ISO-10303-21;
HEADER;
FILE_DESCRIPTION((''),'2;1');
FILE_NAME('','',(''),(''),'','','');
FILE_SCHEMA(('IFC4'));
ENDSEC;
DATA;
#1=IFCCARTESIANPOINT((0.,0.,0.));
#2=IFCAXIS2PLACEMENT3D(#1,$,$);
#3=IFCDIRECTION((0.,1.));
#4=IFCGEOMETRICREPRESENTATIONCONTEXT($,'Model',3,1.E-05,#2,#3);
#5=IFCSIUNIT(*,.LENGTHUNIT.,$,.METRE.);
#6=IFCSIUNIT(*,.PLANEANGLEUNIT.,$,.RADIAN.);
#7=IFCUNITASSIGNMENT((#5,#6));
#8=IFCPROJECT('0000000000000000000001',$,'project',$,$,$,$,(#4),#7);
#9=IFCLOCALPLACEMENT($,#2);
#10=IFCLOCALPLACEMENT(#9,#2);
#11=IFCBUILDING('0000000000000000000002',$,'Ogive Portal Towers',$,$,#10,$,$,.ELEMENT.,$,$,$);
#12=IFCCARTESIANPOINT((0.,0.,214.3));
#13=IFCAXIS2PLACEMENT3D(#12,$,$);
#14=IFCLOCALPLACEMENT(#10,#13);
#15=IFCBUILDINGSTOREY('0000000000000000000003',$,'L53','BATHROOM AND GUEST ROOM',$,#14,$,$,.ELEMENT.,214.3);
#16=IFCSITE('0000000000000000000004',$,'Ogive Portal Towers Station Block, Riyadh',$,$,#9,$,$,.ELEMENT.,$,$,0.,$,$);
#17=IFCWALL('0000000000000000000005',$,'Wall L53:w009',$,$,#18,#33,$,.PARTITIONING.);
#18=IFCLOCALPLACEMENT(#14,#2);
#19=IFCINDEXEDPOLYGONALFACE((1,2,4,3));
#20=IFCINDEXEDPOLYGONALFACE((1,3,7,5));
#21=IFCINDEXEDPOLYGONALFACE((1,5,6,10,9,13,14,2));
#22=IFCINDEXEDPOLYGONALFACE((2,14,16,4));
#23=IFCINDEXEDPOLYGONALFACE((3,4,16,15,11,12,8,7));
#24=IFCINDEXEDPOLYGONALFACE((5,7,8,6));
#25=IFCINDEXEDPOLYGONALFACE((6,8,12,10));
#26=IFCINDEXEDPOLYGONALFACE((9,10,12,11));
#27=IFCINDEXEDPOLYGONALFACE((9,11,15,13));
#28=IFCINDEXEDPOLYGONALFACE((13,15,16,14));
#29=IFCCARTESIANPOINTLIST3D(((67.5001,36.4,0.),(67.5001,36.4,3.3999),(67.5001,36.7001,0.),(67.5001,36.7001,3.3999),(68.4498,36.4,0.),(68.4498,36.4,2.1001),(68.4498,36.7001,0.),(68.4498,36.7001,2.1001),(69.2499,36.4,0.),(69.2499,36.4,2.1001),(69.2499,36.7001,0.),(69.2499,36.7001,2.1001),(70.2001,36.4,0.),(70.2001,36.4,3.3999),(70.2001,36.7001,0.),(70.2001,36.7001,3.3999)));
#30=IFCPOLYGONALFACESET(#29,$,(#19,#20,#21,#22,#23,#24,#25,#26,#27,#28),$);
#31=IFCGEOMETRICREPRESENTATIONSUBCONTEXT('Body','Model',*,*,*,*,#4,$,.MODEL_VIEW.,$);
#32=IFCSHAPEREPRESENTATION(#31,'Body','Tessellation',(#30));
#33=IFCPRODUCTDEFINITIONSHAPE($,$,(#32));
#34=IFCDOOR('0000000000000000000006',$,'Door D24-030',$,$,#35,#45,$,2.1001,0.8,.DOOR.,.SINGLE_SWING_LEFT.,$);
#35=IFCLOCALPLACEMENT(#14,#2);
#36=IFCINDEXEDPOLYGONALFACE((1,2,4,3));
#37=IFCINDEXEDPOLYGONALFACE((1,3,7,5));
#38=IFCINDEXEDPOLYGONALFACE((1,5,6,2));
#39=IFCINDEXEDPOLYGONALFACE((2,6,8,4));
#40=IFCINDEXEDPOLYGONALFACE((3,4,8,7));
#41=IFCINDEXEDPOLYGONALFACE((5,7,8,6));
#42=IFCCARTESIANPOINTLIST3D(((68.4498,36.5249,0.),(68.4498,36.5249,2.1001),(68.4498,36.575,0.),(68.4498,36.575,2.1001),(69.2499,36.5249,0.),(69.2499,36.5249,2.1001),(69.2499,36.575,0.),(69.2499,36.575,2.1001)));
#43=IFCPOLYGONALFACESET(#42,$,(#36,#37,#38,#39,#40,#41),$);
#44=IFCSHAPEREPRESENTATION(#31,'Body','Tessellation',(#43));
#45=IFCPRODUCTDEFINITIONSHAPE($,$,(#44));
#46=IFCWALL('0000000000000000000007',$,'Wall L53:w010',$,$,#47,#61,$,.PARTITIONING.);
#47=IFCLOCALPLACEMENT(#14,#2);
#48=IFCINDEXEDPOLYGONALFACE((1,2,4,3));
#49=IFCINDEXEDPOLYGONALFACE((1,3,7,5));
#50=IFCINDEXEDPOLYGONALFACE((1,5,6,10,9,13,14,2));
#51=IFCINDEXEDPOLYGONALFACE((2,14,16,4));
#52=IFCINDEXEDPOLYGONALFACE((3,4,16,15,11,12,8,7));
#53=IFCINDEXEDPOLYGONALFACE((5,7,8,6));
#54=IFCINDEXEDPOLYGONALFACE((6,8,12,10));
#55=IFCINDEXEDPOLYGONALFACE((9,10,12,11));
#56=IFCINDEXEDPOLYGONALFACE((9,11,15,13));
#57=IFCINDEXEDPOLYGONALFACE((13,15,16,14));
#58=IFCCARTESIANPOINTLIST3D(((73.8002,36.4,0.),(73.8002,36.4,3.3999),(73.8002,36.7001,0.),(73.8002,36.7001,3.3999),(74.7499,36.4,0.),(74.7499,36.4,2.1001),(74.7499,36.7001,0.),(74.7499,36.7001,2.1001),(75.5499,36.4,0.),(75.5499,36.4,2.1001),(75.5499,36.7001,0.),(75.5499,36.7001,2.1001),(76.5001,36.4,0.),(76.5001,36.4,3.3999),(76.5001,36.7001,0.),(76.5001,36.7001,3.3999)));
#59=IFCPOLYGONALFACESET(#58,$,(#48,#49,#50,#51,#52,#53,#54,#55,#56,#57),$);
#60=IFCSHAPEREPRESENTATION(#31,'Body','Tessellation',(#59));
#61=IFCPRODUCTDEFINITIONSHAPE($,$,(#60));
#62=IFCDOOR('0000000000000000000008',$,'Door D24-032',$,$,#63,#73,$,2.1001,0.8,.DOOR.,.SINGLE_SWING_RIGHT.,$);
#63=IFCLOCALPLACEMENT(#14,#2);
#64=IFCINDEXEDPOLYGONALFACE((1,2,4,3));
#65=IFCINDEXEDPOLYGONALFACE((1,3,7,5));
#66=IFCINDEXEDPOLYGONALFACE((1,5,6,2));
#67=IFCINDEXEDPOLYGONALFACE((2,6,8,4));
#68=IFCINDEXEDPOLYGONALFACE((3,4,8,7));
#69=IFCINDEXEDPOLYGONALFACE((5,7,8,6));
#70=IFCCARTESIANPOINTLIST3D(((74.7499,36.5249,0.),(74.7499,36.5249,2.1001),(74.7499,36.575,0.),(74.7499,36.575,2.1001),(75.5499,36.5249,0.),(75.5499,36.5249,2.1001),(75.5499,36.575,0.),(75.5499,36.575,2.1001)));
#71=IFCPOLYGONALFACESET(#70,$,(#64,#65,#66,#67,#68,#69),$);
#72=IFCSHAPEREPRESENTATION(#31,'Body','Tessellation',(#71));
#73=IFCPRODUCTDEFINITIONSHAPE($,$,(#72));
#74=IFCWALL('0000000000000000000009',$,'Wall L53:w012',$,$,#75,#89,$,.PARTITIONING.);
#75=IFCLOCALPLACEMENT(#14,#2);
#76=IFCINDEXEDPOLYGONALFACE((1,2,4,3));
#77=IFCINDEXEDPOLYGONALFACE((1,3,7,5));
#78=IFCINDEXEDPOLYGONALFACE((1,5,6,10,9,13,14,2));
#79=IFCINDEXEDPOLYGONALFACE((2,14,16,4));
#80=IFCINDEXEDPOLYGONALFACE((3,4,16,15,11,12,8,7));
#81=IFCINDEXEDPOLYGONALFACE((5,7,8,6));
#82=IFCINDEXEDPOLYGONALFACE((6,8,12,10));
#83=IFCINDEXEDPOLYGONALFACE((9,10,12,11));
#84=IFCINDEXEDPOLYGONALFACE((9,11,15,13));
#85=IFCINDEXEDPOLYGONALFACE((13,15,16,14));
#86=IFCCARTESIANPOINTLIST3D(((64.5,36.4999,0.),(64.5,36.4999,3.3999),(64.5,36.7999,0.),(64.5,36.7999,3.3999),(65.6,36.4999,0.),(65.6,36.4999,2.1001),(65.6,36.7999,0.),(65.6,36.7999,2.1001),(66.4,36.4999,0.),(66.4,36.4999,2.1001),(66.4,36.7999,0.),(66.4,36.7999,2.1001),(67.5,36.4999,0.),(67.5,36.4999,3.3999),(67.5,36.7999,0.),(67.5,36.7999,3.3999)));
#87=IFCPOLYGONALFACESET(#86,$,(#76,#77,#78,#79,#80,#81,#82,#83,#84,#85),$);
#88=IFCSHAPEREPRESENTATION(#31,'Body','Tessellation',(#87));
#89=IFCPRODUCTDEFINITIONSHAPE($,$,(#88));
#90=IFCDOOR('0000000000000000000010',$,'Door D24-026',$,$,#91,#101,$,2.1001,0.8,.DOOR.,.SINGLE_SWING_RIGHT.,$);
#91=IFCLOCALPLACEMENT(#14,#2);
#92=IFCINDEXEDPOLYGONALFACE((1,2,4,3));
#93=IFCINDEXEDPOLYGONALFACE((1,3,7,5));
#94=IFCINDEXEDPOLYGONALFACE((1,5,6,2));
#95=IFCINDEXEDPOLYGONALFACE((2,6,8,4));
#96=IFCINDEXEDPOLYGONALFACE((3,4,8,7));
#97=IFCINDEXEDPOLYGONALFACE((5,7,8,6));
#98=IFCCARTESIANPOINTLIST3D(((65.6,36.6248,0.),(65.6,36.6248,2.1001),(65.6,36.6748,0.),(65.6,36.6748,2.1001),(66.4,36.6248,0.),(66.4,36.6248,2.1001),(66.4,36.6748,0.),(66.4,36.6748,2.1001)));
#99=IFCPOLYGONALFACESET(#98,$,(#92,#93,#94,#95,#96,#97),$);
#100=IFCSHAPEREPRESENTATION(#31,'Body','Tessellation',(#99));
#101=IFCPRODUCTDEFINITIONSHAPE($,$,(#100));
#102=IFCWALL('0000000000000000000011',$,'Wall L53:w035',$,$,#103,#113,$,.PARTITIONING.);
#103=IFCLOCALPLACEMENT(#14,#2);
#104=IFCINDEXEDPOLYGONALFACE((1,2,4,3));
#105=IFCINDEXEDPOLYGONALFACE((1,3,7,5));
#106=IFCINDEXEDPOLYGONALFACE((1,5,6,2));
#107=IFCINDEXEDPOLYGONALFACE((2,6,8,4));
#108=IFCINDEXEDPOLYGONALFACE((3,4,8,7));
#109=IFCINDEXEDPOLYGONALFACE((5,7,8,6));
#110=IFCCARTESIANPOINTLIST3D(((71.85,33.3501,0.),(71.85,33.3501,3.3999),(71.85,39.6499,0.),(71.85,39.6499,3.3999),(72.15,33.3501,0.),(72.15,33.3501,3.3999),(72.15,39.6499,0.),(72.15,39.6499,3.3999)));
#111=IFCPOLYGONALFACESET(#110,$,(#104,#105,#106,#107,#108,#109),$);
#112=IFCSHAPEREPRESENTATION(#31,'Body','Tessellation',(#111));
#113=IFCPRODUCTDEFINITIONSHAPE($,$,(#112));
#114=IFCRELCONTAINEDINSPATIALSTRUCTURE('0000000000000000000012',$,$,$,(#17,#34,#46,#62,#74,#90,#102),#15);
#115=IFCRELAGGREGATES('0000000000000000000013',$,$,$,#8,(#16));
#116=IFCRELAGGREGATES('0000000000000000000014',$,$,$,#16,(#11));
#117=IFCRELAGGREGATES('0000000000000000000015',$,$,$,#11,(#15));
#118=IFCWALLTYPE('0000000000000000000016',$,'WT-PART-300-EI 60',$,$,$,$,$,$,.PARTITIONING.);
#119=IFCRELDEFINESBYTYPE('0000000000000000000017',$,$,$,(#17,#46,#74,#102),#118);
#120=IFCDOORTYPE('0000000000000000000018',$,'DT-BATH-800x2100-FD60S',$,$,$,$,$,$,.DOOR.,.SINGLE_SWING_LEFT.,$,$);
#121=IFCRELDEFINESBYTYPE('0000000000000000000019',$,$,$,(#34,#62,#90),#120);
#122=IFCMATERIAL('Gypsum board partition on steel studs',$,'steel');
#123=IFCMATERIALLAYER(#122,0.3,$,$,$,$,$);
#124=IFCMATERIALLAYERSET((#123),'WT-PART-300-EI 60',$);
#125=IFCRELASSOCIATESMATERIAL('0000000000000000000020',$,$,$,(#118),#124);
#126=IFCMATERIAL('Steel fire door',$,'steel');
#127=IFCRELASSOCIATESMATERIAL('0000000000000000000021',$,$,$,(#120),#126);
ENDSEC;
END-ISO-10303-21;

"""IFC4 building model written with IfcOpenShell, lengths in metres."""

from ifc_helpers import new_model, si_unit, direction, frame, frame_2d, origin, place, context, subcontext, project, spatial, rectangle, extrude, material, layer, layer_set, type_object, element, fill, save


model = new_model("IFC4")

# Units and contexts
model_context = context("Model", 3, precision=1e-05, world=origin(), true_north=direction((0.0, 1.0)))
body_context = subcontext(model_context, "Body", "Model", "MODEL_VIEW")
ifc_project = project(units=[si_unit("LENGTHUNIT", "METRE"), si_unit("PLANEANGLEUNIT", "RADIAN")], contexts=[model_context])

# Site, building, storey
site_placement = place(None, origin())
site = spatial("IfcSite", under=ifc_project, at=site_placement, Name="Ogive Portal Towers Station Block, Riyadh", CompositionType="ELEMENT", RefElevation=0.0)
building_placement = place(site_placement, origin())
building = spatial("IfcBuilding", under=site, at=building_placement, Name="Ogive Portal Towers", CompositionType="ELEMENT")
storey_placement = place(building_placement, frame((0.0, 0.0, 214.3)))
storey = spatial("IfcBuildingStorey", under=building, at=storey_placement, Name="L53", Description="BATHROOM AND GUEST ROOM", CompositionType="ELEMENT", Elevation=214.3)

# Walls, openings, doors
ifc_material_1 = material(Name="Gypsum board partition on steel studs", Category="steel")
ifc_layer_1 = layer(ifc_material_1, 0.3)
ifc_layer_set_1 = layer_set([ifc_layer_1], Name="WT-PART-300-EI 60")
wall_type = type_object("IfcWallType", Name="WT-PART-300-EI 60", PredefinedType="PARTITIONING", material=ifc_layer_set_1)
wall_1_placement = place(storey_placement, frame((67.5, 36.55, 0.0), z_axis=(0.0, 0.0, 1.0), x_axis=(1.0, 0.0, 0.0)))
wall_1 = element("IfcWall", 1, at=wall_1_placement, inside=storey, type_object=wall_type, Name="Wall L53:w009", PredefinedType="PARTITIONING", context=body_context, shape_type="SweptSolid", body=[
    extrude(rectangle(XDim=2.7, YDim=0.3, at=frame_2d((1.3501, 0.0))), origin(), (0.0, 0.0, 1.0), 3.3999),
])
opening_1_placement = place(wall_1_placement, frame((0.95, 0.0, 0.0)))
opening_1 = element("IfcOpeningElement", 2, at=opening_1_placement, cuts=wall_1, PredefinedType="OPENING", context=body_context, shape_type="SweptSolid", body=[
    extrude(rectangle(XDim=0.8, YDim=2.1001, at=frame_2d((0.3999, 1.05))), frame((0.0, 0.1602, 0.0), z_axis=(0.0, -1.0, 0.0), x_axis=(1.0, 0.0, 0.0)), (0.0, 0.0, 1.0), 0.3201),
])
ifc_material_2 = material(Name="Steel fire door", Category="steel")
door_type = type_object("IfcDoorType", Name="DT-BATH-800x2100-FD60S", OperationType="SINGLE_SWING_LEFT", PredefinedType="DOOR", material=ifc_material_2)
door_1_placement = place(opening_1_placement, origin())
door_1 = element("IfcDoor", 3, at=door_1_placement, inside=storey, type_object=door_type, Name="Door D24-030", OperationType="SINGLE_SWING_LEFT", OverallHeight=2.1001, OverallWidth=0.8, PredefinedType="DOOR", context=body_context, shape_type="SweptSolid", body=[
    extrude(rectangle(XDim=0.8, YDim=2.1001, at=frame_2d((0.3999, 1.05))), frame((0.0, 0.0249, 0.0), z_axis=(0.0, -1.0, 0.0), x_axis=(1.0, 0.0, 0.0)), (0.0, 0.0, 1.0), 0.05),
])
fill(opening_1, door_1)
wall_2_placement = place(storey_placement, frame((73.8, 36.55, 0.0), z_axis=(0.0, 0.0, 1.0), x_axis=(1.0, 0.0, 0.0)))
wall_2 = element("IfcWall", 4, at=wall_2_placement, inside=storey, type_object=wall_type, Name="Wall L53:w010", PredefinedType="PARTITIONING", context=body_context, shape_type="SweptSolid", body=[
    extrude(rectangle(XDim=2.7, YDim=0.3, at=frame_2d((1.3501, 0.0))), origin(), (0.0, 0.0, 1.0), 3.3999),
])
opening_2_placement = place(wall_2_placement, frame((0.95, 0.0, 0.0)))
opening_2 = element("IfcOpeningElement", 5, at=opening_2_placement, cuts=wall_2, PredefinedType="OPENING", context=body_context, shape_type="SweptSolid", body=[
    extrude(rectangle(XDim=0.8, YDim=2.1001, at=frame_2d((0.3999, 1.05))), frame((0.0, 0.1602, 0.0), z_axis=(0.0, -1.0, 0.0), x_axis=(1.0, 0.0, 0.0)), (0.0, 0.0, 1.0), 0.3201),
])
door_2_placement = place(opening_2_placement, origin())
door_2 = element("IfcDoor", 6, at=door_2_placement, inside=storey, type_object=door_type, Name="Door D24-032", OperationType="SINGLE_SWING_RIGHT", OverallHeight=2.1001, OverallWidth=0.8, PredefinedType="DOOR", context=body_context, shape_type="SweptSolid", body=[
    extrude(rectangle(XDim=0.8, YDim=2.1001, at=frame_2d((0.3999, 1.05))), frame((0.0, 0.0249, 0.0), z_axis=(0.0, -1.0, 0.0), x_axis=(1.0, 0.0, 0.0)), (0.0, 0.0, 1.0), 0.05),
])
fill(opening_2, door_2)
wall_3_placement = place(storey_placement, frame((64.5, 36.6499, 0.0), z_axis=(0.0, 0.0, 1.0), x_axis=(1.0, 0.0, 0.0)))
wall_3 = element("IfcWall", 7, at=wall_3_placement, inside=storey, type_object=wall_type, Name="Wall L53:w012", PredefinedType="PARTITIONING", context=body_context, shape_type="SweptSolid", body=[
    extrude(rectangle(XDim=3.0, YDim=0.3, at=frame_2d((1.5, 0.0))), origin(), (0.0, 0.0, 1.0), 3.3999),
])
opening_3_placement = place(wall_3_placement, frame((1.1001, 0.0, 0.0)))
opening_3 = element("IfcOpeningElement", 8, at=opening_3_placement, cuts=wall_3, PredefinedType="OPENING", context=body_context, shape_type="SweptSolid", body=[
    extrude(rectangle(XDim=0.8, YDim=2.1001, at=frame_2d((0.3999, 1.05))), frame((0.0, 0.1602, 0.0), z_axis=(0.0, -1.0, 0.0), x_axis=(1.0, 0.0, 0.0)), (0.0, 0.0, 1.0), 0.3201),
])
door_3_placement = place(opening_3_placement, origin())
door_3 = element("IfcDoor", 9, at=door_3_placement, inside=storey, type_object=door_type, Name="Door D24-026", OperationType="SINGLE_SWING_RIGHT", OverallHeight=2.1001, OverallWidth=0.8, PredefinedType="DOOR", context=body_context, shape_type="SweptSolid", body=[
    extrude(rectangle(XDim=0.8, YDim=2.1001, at=frame_2d((0.3999, 1.05))), frame((0.0, 0.0249, 0.0), z_axis=(0.0, -1.0, 0.0), x_axis=(1.0, 0.0, 0.0)), (0.0, 0.0, 1.0), 0.05),
])
fill(opening_3, door_3)

# Wall
wall_4_placement = place(storey_placement, frame((72.0, 33.3501, 0.0), z_axis=(0.0, 0.0, 1.0), x_axis=(0.0, 1.0, 0.0)))
element("IfcWall", 10, at=wall_4_placement, inside=storey, type_object=wall_type, Name="Wall L53:w035", PredefinedType="PARTITIONING", context=body_context, shape_type="SweptSolid", body=[
    extrude(rectangle(XDim=6.2998, YDim=0.3, at=frame_2d((3.1499, 0.0))), origin(), (0.0, 0.0, 1.0), 3.3999),
])

save(model, "model.ifc")
